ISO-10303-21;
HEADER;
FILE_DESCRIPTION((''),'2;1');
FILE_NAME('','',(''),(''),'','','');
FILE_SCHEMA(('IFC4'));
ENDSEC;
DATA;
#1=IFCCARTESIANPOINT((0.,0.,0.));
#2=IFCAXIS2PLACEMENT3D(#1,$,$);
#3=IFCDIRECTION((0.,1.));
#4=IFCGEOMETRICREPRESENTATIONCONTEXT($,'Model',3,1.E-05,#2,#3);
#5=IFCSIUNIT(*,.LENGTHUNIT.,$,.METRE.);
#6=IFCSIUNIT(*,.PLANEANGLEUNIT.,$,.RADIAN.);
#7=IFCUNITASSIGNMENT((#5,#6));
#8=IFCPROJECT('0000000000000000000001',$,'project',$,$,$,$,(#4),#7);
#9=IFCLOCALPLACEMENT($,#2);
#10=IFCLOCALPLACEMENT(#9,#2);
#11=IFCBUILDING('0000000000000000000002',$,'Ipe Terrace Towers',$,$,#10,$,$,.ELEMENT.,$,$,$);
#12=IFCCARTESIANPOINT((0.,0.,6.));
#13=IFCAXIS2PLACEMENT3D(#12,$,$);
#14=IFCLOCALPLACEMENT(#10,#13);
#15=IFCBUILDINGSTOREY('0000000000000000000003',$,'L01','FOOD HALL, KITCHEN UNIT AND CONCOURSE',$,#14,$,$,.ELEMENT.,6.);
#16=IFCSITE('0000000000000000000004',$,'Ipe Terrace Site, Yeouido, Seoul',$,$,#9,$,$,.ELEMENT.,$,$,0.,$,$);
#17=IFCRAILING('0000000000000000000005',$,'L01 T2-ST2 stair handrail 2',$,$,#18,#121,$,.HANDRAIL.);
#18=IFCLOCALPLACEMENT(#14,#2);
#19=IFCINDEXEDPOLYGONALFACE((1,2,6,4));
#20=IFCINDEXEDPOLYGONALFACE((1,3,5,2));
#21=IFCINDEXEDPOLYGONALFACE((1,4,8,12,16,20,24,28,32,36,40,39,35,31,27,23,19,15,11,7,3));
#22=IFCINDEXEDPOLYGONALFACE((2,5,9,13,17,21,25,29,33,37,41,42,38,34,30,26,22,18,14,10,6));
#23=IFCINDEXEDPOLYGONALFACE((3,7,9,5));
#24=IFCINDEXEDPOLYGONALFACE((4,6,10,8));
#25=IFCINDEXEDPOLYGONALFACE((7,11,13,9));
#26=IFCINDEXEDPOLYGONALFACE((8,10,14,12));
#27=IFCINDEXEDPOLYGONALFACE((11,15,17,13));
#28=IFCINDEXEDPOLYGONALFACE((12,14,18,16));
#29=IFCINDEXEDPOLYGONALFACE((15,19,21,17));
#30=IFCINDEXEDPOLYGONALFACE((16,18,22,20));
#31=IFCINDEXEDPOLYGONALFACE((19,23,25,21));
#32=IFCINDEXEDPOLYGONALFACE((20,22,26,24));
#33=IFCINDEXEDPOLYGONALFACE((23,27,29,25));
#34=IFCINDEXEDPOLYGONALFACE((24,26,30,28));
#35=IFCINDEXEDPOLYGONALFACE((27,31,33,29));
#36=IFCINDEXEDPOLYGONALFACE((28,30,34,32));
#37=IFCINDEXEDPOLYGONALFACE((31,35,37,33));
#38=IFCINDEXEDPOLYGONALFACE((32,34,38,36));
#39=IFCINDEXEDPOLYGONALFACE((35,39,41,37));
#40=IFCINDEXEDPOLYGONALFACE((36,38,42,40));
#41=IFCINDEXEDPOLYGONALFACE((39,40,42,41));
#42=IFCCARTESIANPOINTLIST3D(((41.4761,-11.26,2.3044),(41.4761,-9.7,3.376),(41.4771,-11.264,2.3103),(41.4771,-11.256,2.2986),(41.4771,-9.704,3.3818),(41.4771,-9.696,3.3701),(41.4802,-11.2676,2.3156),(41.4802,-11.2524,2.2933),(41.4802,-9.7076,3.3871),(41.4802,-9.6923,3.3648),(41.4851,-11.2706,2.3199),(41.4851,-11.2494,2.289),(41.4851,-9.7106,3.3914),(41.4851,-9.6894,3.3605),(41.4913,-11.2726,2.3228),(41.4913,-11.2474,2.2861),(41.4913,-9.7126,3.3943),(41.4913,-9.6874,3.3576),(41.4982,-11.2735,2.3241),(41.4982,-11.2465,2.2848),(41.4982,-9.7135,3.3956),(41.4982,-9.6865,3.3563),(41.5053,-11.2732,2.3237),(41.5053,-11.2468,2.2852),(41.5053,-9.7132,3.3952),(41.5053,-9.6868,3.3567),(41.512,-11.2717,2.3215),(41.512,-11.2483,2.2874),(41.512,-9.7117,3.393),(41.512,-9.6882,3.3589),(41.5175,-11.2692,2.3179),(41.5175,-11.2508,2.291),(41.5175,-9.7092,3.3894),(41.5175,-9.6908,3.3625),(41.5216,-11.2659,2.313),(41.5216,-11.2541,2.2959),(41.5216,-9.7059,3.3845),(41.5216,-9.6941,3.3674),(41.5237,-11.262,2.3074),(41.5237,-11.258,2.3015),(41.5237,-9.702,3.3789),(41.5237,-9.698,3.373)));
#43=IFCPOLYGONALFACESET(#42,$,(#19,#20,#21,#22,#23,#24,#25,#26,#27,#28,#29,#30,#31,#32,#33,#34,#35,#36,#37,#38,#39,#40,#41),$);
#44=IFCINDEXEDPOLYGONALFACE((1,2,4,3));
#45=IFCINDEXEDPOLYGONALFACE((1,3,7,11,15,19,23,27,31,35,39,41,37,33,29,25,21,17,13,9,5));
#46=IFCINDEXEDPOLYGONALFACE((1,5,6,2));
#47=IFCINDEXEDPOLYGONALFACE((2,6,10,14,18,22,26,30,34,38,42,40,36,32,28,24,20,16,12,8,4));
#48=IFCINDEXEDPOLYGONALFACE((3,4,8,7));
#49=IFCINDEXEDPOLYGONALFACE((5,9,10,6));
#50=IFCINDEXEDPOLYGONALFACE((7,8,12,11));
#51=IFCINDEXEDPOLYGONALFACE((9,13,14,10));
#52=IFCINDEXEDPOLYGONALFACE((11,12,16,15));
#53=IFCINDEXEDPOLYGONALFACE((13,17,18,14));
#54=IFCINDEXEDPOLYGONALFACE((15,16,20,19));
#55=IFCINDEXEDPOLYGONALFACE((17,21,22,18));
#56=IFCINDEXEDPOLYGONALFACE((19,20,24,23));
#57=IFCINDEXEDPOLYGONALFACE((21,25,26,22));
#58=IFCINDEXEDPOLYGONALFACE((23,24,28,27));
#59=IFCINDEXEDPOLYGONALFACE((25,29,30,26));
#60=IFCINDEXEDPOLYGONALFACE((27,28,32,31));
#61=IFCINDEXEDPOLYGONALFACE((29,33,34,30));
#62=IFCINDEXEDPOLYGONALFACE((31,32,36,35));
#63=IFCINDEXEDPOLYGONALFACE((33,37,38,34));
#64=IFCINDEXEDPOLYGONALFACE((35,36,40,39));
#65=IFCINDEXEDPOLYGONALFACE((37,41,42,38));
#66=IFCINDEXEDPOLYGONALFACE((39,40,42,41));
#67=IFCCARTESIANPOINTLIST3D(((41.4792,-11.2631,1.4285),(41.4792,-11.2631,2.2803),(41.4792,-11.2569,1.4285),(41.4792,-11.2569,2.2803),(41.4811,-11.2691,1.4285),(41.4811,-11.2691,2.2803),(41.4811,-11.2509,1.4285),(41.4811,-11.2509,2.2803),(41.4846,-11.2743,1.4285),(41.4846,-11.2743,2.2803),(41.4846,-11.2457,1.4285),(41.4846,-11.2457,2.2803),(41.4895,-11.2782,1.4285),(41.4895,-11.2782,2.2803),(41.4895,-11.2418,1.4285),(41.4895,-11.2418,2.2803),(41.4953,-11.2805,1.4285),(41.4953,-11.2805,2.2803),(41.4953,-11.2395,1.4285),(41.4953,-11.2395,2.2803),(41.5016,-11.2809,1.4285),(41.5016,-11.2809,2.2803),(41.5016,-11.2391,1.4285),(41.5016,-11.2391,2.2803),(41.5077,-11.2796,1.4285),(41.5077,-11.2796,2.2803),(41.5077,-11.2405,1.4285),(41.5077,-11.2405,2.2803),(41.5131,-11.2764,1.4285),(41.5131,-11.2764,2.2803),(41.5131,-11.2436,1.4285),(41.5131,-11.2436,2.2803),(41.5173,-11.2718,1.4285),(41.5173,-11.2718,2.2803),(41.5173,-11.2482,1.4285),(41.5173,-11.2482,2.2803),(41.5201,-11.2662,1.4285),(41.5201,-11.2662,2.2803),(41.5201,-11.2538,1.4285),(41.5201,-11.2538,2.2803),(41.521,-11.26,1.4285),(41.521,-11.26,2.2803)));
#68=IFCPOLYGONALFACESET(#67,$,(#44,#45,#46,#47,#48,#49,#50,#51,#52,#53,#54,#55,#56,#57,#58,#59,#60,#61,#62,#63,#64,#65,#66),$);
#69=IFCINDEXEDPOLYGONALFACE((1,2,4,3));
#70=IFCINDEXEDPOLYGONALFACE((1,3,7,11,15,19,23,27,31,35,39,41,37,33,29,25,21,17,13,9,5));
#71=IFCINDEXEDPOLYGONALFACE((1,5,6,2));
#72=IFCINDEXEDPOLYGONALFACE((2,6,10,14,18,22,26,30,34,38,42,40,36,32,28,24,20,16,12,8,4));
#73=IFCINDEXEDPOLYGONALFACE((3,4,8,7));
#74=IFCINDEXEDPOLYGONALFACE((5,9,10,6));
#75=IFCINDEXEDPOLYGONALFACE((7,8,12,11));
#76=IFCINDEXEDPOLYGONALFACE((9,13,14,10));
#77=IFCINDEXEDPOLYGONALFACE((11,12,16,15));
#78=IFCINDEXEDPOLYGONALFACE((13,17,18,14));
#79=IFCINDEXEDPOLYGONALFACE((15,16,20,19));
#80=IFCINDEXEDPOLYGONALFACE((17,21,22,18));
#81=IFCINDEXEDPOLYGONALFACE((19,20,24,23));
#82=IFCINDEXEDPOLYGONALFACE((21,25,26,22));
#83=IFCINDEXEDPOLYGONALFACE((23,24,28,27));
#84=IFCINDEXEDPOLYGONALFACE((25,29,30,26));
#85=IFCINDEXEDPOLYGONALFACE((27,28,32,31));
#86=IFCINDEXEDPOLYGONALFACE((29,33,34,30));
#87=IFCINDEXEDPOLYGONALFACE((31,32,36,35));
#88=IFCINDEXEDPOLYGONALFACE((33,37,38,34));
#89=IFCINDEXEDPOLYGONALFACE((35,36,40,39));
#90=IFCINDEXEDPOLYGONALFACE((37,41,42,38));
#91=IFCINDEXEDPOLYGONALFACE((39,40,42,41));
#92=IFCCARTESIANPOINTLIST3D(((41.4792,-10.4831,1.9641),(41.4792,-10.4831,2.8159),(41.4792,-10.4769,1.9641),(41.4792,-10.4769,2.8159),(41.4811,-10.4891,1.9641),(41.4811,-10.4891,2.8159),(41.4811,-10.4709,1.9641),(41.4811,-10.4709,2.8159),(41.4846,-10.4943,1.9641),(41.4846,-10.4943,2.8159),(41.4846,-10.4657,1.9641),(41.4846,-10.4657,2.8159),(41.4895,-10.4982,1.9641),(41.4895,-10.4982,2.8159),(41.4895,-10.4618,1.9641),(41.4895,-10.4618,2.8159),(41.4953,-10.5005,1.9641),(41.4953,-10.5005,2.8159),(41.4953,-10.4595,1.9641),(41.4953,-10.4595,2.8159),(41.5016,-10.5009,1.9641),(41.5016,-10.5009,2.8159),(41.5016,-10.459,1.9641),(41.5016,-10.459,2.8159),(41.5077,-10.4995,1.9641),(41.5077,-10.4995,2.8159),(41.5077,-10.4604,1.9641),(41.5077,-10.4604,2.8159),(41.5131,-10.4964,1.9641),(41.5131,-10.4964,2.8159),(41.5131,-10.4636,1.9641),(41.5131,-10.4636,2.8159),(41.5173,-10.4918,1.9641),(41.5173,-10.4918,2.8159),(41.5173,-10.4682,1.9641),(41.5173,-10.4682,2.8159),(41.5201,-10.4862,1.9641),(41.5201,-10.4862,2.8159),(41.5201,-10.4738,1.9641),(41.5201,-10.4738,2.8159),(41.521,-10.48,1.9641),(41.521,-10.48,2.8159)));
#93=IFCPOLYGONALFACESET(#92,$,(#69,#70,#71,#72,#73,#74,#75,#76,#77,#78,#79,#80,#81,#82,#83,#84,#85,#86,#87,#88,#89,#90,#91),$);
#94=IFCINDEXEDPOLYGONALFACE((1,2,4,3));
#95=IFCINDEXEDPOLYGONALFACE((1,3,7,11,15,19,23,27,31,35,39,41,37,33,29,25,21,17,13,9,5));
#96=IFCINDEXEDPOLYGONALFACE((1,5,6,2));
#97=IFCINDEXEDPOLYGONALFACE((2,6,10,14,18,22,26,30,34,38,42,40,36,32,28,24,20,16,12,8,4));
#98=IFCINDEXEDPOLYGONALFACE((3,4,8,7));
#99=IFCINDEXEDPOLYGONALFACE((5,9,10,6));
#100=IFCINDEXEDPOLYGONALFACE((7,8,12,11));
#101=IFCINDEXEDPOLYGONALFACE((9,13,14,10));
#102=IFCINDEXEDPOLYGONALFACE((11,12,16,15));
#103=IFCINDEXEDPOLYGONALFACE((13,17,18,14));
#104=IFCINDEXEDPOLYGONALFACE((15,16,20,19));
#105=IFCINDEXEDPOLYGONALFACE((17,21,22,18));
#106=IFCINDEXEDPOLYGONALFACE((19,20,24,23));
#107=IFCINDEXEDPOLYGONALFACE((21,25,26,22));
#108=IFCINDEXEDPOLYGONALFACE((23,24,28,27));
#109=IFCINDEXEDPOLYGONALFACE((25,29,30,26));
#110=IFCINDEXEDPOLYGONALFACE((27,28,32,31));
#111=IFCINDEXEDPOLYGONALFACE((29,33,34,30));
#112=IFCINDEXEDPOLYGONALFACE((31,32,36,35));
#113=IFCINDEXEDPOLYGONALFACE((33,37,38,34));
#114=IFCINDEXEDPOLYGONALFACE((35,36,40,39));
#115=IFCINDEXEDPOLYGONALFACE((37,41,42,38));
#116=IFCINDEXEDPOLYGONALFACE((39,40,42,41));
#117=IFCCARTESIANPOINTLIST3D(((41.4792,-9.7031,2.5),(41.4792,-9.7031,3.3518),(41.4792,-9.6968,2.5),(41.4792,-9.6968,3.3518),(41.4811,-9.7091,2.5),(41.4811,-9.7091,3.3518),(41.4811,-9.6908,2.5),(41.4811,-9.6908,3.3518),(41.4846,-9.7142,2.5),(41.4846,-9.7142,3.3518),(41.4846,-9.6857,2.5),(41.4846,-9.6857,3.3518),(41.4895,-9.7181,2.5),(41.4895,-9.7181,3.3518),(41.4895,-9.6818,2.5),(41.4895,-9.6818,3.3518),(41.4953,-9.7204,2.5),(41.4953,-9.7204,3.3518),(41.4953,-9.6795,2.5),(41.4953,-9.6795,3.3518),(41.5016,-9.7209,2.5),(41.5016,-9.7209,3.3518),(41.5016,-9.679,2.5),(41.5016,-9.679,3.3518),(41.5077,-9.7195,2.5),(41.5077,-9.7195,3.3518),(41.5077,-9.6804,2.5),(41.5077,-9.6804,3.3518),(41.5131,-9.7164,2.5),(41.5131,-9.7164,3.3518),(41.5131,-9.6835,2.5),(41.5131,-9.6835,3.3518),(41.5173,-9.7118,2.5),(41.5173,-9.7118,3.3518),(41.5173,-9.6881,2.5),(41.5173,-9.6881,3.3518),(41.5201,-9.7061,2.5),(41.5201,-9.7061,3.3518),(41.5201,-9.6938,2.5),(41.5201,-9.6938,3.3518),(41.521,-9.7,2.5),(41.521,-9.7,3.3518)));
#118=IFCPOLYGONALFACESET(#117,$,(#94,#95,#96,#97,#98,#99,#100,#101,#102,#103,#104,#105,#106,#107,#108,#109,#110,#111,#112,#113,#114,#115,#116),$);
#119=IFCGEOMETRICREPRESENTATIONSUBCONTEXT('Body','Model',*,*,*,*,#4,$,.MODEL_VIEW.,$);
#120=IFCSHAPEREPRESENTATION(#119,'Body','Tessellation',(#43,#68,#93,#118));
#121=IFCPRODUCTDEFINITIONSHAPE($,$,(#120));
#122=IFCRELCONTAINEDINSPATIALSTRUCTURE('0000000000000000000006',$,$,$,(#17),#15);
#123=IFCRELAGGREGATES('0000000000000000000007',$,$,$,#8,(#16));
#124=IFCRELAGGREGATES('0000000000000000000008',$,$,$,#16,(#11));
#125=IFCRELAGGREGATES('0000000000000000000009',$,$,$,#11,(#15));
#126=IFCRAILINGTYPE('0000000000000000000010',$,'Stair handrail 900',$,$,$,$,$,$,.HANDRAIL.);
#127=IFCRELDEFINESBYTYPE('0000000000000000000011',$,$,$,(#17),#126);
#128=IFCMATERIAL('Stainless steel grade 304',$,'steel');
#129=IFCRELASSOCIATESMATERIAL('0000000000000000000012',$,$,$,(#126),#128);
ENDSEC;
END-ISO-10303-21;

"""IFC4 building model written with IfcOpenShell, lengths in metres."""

from ifc_helpers import new_model, si_unit, direction, frame, origin, origin_2d, place, context, subcontext, project, spatial, circle, extrude, material, type_object, element, save


model = new_model("IFC4")

# Units and contexts
model_context = context("Model", 3, precision=1e-05, world=origin(), true_north=direction((0.0, 1.0)))
body_context = subcontext(model_context, "Body", "Model", "MODEL_VIEW")
ifc_project = project(units=[si_unit("LENGTHUNIT", "METRE"), si_unit("PLANEANGLEUNIT", "RADIAN")], contexts=[model_context])

# Site, building, storey
site_placement = place(None, origin())
site = spatial("IfcSite", under=ifc_project, at=site_placement, Name="Ipe Terrace Site, Yeouido, Seoul", CompositionType="ELEMENT", RefElevation=0.0)
building_placement = place(site_placement, origin())
building = spatial("IfcBuilding", under=site, at=building_placement, Name="Ipe Terrace Towers", CompositionType="ELEMENT")
storey_placement = place(building_placement, frame((0.0, 0.0, 6.0)))
storey = spatial("IfcBuildingStorey", under=building, at=storey_placement, Name="L01", Description="FOOD HALL, KITCHEN UNIT AND CONCOURSE", CompositionType="ELEMENT", Elevation=6.0)

# Railing
ifc_material_1 = material(Name="Stainless steel grade 304", Category="steel")
railing_type_1 = type_object("IfcRailingType", Name="Stair handrail 900", PredefinedType="HANDRAIL", material=ifc_material_1)
railing_1_placement = place(storey_placement, frame((41.5, -11.26, 1.4285)))
element("IfcRailing", 1, at=railing_1_placement, inside=storey, type_object=railing_type_1, Name="L01 T2-ST2 stair handrail 2", PredefinedType="HANDRAIL", context=body_context, shape_type="SweptSolid", body=[
    extrude(circle(Radius=0.0239, at=origin_2d()), frame((0.0, 0.0, 0.876), z_axis=(0.0, 0.82429, 0.566167), x_axis=(-1.0, 0.0, 0.0)), (0.0, 0.0, 1.0), 1.8926),
    extrude(circle(Radius=0.021, at=origin_2d()), origin(), (0.0, 0.0, 1.0), 0.8518),
    extrude(circle(Radius=0.021, at=origin_2d()), frame((0.0, 0.78, 0.5356)), (0.0, 0.0, 1.0), 0.8518),
    extrude(circle(Radius=0.021, at=origin_2d()), frame((0.0, 1.5601, 1.0715)), (0.0, 0.0, 1.0), 0.8518),
])

save(model, "model.ifc")
